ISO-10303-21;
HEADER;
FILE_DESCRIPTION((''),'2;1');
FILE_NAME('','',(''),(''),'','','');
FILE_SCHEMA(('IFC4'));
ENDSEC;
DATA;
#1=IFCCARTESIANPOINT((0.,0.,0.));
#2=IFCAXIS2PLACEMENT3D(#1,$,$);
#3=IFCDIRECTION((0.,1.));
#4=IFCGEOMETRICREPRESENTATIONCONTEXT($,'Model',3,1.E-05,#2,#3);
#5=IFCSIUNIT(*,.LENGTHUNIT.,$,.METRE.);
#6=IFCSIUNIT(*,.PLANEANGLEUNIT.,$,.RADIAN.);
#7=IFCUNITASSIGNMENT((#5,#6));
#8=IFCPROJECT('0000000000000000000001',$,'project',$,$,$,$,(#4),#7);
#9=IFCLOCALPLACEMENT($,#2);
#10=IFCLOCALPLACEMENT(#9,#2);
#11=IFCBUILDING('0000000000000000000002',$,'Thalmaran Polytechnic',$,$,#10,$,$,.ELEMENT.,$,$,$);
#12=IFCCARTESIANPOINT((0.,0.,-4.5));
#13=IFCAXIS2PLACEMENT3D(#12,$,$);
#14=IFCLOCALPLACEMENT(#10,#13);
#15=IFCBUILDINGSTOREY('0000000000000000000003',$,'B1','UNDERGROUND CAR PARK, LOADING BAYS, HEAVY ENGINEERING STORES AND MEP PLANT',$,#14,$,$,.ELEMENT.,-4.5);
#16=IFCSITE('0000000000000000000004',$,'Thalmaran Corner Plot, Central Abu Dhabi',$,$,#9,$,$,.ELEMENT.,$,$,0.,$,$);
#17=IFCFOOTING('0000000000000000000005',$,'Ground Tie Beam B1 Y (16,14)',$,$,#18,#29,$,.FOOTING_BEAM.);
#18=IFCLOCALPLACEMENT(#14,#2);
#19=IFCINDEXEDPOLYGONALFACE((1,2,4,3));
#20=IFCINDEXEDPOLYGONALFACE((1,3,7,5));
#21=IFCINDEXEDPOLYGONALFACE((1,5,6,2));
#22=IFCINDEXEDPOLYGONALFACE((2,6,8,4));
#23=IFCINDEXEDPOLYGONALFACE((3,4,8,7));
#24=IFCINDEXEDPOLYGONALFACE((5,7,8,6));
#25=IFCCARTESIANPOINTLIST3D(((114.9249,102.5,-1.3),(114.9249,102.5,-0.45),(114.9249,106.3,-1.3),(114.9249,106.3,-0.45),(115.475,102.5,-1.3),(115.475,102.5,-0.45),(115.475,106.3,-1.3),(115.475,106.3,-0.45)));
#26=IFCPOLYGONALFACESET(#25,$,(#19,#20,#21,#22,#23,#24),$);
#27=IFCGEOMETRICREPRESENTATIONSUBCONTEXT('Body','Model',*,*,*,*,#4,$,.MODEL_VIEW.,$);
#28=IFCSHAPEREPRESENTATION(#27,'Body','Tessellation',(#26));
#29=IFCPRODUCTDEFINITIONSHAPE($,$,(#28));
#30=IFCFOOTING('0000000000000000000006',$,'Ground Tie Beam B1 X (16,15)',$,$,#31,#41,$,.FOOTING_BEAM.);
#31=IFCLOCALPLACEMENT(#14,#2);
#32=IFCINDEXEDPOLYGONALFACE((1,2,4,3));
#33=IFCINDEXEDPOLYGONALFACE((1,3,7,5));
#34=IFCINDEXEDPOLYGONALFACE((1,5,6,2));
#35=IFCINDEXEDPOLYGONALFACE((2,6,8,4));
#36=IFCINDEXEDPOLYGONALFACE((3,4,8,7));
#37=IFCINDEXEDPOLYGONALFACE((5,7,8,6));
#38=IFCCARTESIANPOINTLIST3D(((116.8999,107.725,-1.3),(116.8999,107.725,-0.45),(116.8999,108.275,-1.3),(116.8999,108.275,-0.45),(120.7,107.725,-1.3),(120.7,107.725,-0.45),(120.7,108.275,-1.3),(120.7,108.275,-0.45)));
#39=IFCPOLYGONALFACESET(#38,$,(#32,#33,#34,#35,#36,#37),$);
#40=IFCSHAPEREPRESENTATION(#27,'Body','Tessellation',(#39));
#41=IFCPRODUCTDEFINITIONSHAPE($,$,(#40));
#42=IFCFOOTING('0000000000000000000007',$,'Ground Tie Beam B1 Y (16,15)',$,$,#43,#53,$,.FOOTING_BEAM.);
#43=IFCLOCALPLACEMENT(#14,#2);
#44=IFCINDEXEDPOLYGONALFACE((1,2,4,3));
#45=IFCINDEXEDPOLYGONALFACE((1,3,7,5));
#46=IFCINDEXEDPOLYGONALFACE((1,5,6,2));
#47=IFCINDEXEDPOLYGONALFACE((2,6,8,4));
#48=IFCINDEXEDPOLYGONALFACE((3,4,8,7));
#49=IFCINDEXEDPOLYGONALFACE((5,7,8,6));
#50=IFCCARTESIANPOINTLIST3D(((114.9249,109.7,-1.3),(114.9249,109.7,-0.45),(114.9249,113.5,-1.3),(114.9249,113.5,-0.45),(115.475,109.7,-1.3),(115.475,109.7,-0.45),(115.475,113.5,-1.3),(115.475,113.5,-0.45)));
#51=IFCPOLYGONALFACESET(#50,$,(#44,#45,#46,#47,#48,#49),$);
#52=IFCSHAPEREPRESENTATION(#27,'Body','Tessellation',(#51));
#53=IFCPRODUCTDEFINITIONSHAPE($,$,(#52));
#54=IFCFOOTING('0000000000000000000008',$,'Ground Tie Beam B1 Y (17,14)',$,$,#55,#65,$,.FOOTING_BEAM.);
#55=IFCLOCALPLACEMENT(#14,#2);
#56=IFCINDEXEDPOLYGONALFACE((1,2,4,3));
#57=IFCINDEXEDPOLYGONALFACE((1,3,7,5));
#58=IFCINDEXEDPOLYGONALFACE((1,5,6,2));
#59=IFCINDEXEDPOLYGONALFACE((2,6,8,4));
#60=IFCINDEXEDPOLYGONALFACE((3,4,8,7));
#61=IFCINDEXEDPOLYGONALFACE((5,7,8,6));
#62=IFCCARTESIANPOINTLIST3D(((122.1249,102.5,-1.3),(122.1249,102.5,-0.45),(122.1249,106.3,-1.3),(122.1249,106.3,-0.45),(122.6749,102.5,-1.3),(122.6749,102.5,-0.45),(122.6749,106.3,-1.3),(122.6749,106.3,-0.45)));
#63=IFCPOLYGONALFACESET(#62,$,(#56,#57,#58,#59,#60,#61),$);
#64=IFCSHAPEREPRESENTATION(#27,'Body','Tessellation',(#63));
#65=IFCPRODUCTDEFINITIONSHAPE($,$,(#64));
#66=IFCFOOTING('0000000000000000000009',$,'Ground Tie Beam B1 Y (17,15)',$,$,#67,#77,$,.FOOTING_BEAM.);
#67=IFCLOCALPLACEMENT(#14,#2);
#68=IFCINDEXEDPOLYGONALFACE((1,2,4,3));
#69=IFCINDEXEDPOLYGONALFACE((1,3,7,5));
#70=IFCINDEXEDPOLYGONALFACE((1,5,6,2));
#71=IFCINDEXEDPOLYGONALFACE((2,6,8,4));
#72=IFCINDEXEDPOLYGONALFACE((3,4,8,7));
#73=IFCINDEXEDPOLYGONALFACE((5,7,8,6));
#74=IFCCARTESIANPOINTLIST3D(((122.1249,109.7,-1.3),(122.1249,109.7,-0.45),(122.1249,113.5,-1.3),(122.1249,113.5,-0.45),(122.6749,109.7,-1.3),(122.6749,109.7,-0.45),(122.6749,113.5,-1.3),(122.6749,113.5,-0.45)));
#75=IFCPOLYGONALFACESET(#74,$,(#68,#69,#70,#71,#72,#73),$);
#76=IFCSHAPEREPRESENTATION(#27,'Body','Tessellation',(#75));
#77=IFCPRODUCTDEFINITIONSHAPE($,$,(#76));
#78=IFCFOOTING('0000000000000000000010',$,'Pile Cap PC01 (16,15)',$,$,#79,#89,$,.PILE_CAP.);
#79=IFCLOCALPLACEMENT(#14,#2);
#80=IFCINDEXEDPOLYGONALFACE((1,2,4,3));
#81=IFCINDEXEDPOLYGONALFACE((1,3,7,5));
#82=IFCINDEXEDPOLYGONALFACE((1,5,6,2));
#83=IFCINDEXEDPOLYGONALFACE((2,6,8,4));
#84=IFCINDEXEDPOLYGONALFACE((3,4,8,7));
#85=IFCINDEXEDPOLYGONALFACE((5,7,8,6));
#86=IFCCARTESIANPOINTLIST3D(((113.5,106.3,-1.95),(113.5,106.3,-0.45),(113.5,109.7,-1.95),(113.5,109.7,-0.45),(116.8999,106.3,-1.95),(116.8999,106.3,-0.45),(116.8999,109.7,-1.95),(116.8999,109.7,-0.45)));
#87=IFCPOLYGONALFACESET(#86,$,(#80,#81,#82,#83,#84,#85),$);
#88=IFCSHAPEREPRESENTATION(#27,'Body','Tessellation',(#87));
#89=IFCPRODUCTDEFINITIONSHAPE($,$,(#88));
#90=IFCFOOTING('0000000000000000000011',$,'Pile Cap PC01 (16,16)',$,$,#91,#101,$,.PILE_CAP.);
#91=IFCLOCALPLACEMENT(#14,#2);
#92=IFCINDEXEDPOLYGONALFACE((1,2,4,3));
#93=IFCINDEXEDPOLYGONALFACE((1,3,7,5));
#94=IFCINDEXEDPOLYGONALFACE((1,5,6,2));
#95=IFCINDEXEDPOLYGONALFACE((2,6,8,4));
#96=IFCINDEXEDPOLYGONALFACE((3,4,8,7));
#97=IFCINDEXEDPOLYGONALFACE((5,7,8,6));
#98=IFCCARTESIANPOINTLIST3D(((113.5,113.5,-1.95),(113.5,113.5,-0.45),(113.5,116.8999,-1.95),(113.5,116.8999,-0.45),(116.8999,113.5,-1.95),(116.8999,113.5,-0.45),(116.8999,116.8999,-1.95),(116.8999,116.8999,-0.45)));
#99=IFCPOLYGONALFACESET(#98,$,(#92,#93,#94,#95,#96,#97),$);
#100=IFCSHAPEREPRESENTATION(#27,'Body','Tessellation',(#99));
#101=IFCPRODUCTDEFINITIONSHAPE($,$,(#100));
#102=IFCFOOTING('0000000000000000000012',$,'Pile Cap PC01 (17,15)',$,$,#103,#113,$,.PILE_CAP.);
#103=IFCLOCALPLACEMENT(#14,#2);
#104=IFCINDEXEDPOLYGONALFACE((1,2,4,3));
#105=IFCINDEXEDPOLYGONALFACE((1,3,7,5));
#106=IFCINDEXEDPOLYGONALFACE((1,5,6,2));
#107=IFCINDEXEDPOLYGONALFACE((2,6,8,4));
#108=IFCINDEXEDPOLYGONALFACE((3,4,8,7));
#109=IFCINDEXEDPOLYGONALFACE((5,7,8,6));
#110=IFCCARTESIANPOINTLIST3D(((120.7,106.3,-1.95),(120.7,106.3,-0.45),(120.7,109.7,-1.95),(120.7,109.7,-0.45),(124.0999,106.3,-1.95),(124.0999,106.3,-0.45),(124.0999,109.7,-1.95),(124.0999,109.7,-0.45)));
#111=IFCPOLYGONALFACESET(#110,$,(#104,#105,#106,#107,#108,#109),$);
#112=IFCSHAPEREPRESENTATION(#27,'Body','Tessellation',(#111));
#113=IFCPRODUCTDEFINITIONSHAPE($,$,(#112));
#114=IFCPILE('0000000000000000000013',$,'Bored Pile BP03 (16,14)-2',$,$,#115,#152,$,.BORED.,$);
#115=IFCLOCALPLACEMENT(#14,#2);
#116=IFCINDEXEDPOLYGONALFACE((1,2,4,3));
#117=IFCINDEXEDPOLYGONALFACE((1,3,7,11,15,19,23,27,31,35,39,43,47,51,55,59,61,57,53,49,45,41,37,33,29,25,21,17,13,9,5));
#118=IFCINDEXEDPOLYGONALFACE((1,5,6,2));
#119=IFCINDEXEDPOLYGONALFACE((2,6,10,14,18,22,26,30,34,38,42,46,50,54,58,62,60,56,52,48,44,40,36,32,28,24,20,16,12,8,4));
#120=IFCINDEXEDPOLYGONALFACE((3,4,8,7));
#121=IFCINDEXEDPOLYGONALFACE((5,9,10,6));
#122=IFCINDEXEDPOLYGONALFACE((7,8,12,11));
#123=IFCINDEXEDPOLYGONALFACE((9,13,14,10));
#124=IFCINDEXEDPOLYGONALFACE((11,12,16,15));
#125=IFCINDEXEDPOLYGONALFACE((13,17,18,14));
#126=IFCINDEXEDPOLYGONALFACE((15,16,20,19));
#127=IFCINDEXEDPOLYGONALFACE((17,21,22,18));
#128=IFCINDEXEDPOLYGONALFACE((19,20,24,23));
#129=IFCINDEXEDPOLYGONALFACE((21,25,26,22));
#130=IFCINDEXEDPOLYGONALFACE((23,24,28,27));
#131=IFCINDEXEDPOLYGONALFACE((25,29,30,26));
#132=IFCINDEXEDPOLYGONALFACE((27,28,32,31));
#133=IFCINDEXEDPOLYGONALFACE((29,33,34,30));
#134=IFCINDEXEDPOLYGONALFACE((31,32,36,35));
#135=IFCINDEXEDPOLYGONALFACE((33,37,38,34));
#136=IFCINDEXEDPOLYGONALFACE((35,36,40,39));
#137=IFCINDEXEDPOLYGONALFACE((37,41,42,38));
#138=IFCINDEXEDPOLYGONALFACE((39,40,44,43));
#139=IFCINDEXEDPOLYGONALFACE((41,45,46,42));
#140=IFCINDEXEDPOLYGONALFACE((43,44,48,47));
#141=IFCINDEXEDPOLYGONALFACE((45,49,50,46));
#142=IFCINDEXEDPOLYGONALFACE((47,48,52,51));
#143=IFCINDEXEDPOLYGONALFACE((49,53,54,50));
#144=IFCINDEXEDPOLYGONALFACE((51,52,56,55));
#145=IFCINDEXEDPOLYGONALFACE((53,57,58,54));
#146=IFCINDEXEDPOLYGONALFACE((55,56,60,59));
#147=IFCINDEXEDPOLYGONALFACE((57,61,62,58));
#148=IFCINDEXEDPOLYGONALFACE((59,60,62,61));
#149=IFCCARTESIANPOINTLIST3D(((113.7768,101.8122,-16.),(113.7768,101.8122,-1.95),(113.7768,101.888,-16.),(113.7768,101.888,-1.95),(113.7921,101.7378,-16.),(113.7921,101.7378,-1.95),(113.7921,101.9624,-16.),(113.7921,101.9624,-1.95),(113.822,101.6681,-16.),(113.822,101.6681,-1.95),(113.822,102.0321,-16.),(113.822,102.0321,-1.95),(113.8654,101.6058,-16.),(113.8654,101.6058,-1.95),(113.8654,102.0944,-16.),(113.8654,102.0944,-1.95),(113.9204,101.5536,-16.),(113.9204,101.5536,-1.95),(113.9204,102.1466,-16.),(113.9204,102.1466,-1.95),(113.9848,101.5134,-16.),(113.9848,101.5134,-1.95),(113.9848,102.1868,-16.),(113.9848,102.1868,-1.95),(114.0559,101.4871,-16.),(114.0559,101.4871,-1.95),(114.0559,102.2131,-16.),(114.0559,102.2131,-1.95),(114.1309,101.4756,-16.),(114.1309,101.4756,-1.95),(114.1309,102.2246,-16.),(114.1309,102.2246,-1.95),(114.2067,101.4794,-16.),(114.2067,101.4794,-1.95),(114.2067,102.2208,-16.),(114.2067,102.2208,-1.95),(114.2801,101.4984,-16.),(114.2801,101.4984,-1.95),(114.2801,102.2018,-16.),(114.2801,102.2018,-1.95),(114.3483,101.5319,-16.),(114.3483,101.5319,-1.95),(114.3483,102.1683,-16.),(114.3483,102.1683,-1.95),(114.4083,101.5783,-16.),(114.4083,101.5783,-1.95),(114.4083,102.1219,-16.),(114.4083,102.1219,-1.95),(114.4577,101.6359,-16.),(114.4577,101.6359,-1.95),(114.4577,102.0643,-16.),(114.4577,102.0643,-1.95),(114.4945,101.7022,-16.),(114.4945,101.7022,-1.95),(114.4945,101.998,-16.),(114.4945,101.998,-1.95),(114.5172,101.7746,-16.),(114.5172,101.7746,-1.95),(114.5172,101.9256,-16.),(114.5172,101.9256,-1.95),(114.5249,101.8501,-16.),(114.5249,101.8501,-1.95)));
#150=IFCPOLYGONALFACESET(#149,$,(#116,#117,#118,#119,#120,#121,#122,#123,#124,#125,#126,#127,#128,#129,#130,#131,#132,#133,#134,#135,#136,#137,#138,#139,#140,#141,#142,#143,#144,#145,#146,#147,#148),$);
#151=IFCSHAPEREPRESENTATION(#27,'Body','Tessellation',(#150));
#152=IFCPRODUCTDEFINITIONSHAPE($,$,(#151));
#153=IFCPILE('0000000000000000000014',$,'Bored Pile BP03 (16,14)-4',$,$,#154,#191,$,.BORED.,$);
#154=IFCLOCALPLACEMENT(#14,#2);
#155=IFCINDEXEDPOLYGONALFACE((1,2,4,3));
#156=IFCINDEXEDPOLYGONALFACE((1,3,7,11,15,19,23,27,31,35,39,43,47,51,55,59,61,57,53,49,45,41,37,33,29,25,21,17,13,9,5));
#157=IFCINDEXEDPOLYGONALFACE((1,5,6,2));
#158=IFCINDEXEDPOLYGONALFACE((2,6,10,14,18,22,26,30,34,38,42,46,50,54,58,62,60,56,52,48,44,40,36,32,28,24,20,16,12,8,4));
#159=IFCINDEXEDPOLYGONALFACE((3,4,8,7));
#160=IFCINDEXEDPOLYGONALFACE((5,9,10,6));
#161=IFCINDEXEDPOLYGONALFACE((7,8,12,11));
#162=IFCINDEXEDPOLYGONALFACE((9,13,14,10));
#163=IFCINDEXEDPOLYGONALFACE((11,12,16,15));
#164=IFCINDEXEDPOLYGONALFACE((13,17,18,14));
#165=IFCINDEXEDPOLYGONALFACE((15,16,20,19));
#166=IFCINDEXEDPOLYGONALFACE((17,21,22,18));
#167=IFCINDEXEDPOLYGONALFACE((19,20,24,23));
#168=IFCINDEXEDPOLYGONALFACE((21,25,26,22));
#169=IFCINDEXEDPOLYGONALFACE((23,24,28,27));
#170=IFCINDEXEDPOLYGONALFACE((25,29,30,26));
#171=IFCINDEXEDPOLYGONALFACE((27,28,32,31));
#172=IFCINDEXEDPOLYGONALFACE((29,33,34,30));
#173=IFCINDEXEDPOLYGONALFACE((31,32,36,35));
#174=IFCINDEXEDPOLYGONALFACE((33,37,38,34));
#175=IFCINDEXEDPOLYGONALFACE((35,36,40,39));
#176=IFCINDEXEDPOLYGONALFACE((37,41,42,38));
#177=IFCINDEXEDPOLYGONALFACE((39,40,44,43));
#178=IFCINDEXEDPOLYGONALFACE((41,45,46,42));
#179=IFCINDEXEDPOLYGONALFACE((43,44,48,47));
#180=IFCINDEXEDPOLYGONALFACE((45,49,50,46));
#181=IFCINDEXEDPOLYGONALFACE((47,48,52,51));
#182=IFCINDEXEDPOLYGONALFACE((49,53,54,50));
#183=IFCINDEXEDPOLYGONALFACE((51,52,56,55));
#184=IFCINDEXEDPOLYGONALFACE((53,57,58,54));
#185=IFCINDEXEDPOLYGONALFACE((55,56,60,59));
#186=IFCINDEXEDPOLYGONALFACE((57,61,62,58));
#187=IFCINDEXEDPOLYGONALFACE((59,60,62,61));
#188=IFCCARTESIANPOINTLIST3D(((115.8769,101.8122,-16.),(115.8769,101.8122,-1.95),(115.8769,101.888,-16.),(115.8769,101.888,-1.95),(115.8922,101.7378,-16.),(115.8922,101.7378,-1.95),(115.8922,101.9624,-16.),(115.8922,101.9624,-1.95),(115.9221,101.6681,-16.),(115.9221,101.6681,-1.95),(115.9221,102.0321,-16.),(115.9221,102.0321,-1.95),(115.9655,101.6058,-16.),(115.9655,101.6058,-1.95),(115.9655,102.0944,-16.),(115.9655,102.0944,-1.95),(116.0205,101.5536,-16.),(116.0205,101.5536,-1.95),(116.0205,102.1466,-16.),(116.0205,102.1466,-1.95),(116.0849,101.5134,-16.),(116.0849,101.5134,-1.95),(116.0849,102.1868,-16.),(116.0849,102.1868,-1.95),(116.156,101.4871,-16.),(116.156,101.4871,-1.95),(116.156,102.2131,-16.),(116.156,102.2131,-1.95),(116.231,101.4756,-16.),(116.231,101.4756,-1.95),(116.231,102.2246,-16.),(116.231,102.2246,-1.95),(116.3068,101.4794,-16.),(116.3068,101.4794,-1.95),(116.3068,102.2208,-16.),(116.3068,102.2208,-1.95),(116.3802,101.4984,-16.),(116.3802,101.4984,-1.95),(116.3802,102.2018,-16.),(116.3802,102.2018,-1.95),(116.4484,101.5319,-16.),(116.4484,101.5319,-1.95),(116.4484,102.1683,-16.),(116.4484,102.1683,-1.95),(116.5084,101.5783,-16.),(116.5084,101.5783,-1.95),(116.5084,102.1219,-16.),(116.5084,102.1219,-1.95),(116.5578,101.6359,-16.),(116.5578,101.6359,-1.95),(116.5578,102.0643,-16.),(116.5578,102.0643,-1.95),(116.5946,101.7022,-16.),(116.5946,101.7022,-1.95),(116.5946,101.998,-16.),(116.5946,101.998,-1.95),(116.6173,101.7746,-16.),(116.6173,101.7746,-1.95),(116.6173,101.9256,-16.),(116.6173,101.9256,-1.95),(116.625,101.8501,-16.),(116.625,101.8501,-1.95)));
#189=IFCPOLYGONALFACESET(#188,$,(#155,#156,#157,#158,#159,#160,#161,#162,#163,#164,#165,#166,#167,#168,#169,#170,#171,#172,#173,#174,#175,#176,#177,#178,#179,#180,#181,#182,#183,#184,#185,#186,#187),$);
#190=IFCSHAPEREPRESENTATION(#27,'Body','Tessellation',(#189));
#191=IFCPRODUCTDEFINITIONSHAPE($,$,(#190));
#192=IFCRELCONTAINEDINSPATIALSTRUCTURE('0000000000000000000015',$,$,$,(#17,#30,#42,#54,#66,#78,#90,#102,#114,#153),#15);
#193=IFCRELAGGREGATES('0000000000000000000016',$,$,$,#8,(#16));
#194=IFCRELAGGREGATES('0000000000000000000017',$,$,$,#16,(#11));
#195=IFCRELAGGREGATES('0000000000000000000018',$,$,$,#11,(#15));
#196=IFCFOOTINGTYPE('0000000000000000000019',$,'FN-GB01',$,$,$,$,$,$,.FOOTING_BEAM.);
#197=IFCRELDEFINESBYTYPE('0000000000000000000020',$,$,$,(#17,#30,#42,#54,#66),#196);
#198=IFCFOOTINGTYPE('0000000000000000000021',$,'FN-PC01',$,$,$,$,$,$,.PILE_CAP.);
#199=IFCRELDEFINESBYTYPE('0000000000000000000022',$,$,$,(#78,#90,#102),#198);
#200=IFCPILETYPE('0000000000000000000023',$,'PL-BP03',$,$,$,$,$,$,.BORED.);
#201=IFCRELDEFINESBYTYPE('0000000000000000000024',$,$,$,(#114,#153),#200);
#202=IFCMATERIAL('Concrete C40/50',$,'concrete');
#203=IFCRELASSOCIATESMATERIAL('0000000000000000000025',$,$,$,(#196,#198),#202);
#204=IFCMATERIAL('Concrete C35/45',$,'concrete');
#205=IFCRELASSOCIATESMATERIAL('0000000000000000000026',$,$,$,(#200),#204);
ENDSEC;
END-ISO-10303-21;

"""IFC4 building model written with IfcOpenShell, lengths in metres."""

from ifc_helpers import new_model, si_unit, direction, frame, origin, origin_2d, place, context, subcontext, project, spatial, rectangle, circle, extrude, material, material_profile, profile_set, type_object, element, save


model = new_model("IFC4")

# Units and contexts
model_context = context("Model", 3, precision=1e-05, world=origin(), true_north=direction((0.0, 1.0)))
body_context = subcontext(model_context, "Body", "Model", "MODEL_VIEW")
ifc_project = project(units=[si_unit("LENGTHUNIT", "METRE"), si_unit("PLANEANGLEUNIT", "RADIAN")], contexts=[model_context])

# Site, building, storey
site_placement = place(None, origin())
site = spatial("IfcSite", under=ifc_project, at=site_placement, Name="Thalmaran Corner Plot, Central Abu Dhabi", CompositionType="ELEMENT", RefElevation=0.0)
building_placement = place(site_placement, origin())
building = spatial("IfcBuilding", under=site, at=building_placement, Name="Thalmaran Polytechnic", CompositionType="ELEMENT")
storey_placement = place(building_placement, frame((0.0, 0.0, -4.5)))
storey = spatial("IfcBuildingStorey", under=building, at=storey_placement, Name="B1", Description="UNDERGROUND CAR PARK, LOADING BAYS, HEAVY ENGINEERING STORES AND MEP PLANT", CompositionType="ELEMENT", Elevation=-4.5)

# Footings
ifc_material_1 = material(Name="Concrete C40/50", Category="concrete")
ifc_material_profile_1 = material_profile(ifc_material_1, rectangle(XDim=0.55, YDim=0.8501, at=origin_2d()), Name="RC 550x850")
ifc_profile_set_1 = profile_set([ifc_material_profile_1], Name="Concrete C40/50")
footing_type_1 = type_object("IfcFootingType", Name="FN-GB01", PredefinedType="FOOTING_BEAM", material=ifc_profile_set_1)
for number, where, z_axis, x_axis, name in (
    (1, (115.2, 102.5, -0.875), (0.0, 1.0, 0.0), (-1.0, 0.0, 0.0), "Ground Tie Beam B1 Y (16,14)"),
    (2, (116.8999, 108.0, -0.875), (1.0, 0.0, 0.0), (0.0, 1.0, 0.0), "Ground Tie Beam B1 X (16,15)"),
    (3, (115.2, 109.7, -0.875), (0.0, 1.0, 0.0), (-1.0, 0.0, 0.0), "Ground Tie Beam B1 Y (16,15)"),
    (4, (122.3999, 102.5, -0.875), (0.0, 1.0, 0.0), (-1.0, 0.0, 0.0), "Ground Tie Beam B1 Y (17,14)"),
    (5, (122.3999, 109.7, -0.875), (0.0, 1.0, 0.0), (-1.0, 0.0, 0.0), "Ground Tie Beam B1 Y (17,15)"),
):
    element("IfcFooting", number, at=place(storey_placement, frame(where, z_axis=z_axis, x_axis=x_axis)), inside=storey, type_object=footing_type_1, Name=name, PredefinedType="FOOTING_BEAM", context=body_context, shape_type="SweptSolid", body=[
        extrude(rectangle(XDim=0.55, YDim=0.8501, at=origin_2d()), origin(), (0.0, 0.0, 1.0), 3.8),
    ])
footing_type_2 = type_object("IfcFootingType", Name="FN-PC01", PredefinedType="PILE_CAP", material=ifc_material_1)
for number, where, z_axis, x_axis, name in (
    (6, (115.2, 108.0, -1.95), (0.0, 0.0, 1.0), (1.0, 0.0, 0.0), "Pile Cap PC01 (16,15)"),
    (7, (115.2, 115.2, -1.95), (0.0, 0.0, 1.0), (1.0, 0.0, 0.0), "Pile Cap PC01 (16,16)"),
    (8, (122.3999, 108.0, -1.95), (0.0, 0.0, 1.0), (1.0, 0.0, 0.0), "Pile Cap PC01 (17,15)"),
):
    element("IfcFooting", number, at=place(storey_placement, frame(where, z_axis=z_axis, x_axis=x_axis)), inside=storey, type_object=footing_type_2, Name=name, PredefinedType="PILE_CAP", context=body_context, shape_type="SweptSolid", body=[
        extrude(rectangle(XDim=3.3999, YDim=3.3999, at=origin_2d()), origin(), (0.0, 0.0, 1.0), 1.5),
    ])

# Piles
ifc_material_2 = material(Name="Concrete C35/45", Category="concrete")
ifc_material_profile_2 = material_profile(ifc_material_2, circle(Radius=0.375, at=origin_2d()), Name="RC 750 DIA")
ifc_profile_set_2 = profile_set([ifc_material_profile_2], Name="Concrete C35/45")
pile_type = type_object("IfcPileType", Name="PL-BP03", PredefinedType="BORED", material=ifc_profile_set_2)
for number, where, z_axis, x_axis, name in (
    (9, (114.1499, 101.8501, -1.95), (0.0, 0.0, -1.0), (1.0, 0.0, 0.0), "Bored Pile BP03 (16,14)-2"),
    (10, (116.25, 101.8501, -1.95), (0.0, 0.0, -1.0), (1.0, 0.0, 0.0), "Bored Pile BP03 (16,14)-4"),
):
    element("IfcPile", number, at=place(storey_placement, frame(where, z_axis=z_axis, x_axis=x_axis)), inside=storey, type_object=pile_type, Name=name, PredefinedType="BORED", context=body_context, shape_type="SweptSolid", body=[
        extrude(circle(Radius=0.375, at=origin_2d()), origin(), (0.0, 0.0, 1.0), 14.05),
    ])

save(model, "model.ifc")
